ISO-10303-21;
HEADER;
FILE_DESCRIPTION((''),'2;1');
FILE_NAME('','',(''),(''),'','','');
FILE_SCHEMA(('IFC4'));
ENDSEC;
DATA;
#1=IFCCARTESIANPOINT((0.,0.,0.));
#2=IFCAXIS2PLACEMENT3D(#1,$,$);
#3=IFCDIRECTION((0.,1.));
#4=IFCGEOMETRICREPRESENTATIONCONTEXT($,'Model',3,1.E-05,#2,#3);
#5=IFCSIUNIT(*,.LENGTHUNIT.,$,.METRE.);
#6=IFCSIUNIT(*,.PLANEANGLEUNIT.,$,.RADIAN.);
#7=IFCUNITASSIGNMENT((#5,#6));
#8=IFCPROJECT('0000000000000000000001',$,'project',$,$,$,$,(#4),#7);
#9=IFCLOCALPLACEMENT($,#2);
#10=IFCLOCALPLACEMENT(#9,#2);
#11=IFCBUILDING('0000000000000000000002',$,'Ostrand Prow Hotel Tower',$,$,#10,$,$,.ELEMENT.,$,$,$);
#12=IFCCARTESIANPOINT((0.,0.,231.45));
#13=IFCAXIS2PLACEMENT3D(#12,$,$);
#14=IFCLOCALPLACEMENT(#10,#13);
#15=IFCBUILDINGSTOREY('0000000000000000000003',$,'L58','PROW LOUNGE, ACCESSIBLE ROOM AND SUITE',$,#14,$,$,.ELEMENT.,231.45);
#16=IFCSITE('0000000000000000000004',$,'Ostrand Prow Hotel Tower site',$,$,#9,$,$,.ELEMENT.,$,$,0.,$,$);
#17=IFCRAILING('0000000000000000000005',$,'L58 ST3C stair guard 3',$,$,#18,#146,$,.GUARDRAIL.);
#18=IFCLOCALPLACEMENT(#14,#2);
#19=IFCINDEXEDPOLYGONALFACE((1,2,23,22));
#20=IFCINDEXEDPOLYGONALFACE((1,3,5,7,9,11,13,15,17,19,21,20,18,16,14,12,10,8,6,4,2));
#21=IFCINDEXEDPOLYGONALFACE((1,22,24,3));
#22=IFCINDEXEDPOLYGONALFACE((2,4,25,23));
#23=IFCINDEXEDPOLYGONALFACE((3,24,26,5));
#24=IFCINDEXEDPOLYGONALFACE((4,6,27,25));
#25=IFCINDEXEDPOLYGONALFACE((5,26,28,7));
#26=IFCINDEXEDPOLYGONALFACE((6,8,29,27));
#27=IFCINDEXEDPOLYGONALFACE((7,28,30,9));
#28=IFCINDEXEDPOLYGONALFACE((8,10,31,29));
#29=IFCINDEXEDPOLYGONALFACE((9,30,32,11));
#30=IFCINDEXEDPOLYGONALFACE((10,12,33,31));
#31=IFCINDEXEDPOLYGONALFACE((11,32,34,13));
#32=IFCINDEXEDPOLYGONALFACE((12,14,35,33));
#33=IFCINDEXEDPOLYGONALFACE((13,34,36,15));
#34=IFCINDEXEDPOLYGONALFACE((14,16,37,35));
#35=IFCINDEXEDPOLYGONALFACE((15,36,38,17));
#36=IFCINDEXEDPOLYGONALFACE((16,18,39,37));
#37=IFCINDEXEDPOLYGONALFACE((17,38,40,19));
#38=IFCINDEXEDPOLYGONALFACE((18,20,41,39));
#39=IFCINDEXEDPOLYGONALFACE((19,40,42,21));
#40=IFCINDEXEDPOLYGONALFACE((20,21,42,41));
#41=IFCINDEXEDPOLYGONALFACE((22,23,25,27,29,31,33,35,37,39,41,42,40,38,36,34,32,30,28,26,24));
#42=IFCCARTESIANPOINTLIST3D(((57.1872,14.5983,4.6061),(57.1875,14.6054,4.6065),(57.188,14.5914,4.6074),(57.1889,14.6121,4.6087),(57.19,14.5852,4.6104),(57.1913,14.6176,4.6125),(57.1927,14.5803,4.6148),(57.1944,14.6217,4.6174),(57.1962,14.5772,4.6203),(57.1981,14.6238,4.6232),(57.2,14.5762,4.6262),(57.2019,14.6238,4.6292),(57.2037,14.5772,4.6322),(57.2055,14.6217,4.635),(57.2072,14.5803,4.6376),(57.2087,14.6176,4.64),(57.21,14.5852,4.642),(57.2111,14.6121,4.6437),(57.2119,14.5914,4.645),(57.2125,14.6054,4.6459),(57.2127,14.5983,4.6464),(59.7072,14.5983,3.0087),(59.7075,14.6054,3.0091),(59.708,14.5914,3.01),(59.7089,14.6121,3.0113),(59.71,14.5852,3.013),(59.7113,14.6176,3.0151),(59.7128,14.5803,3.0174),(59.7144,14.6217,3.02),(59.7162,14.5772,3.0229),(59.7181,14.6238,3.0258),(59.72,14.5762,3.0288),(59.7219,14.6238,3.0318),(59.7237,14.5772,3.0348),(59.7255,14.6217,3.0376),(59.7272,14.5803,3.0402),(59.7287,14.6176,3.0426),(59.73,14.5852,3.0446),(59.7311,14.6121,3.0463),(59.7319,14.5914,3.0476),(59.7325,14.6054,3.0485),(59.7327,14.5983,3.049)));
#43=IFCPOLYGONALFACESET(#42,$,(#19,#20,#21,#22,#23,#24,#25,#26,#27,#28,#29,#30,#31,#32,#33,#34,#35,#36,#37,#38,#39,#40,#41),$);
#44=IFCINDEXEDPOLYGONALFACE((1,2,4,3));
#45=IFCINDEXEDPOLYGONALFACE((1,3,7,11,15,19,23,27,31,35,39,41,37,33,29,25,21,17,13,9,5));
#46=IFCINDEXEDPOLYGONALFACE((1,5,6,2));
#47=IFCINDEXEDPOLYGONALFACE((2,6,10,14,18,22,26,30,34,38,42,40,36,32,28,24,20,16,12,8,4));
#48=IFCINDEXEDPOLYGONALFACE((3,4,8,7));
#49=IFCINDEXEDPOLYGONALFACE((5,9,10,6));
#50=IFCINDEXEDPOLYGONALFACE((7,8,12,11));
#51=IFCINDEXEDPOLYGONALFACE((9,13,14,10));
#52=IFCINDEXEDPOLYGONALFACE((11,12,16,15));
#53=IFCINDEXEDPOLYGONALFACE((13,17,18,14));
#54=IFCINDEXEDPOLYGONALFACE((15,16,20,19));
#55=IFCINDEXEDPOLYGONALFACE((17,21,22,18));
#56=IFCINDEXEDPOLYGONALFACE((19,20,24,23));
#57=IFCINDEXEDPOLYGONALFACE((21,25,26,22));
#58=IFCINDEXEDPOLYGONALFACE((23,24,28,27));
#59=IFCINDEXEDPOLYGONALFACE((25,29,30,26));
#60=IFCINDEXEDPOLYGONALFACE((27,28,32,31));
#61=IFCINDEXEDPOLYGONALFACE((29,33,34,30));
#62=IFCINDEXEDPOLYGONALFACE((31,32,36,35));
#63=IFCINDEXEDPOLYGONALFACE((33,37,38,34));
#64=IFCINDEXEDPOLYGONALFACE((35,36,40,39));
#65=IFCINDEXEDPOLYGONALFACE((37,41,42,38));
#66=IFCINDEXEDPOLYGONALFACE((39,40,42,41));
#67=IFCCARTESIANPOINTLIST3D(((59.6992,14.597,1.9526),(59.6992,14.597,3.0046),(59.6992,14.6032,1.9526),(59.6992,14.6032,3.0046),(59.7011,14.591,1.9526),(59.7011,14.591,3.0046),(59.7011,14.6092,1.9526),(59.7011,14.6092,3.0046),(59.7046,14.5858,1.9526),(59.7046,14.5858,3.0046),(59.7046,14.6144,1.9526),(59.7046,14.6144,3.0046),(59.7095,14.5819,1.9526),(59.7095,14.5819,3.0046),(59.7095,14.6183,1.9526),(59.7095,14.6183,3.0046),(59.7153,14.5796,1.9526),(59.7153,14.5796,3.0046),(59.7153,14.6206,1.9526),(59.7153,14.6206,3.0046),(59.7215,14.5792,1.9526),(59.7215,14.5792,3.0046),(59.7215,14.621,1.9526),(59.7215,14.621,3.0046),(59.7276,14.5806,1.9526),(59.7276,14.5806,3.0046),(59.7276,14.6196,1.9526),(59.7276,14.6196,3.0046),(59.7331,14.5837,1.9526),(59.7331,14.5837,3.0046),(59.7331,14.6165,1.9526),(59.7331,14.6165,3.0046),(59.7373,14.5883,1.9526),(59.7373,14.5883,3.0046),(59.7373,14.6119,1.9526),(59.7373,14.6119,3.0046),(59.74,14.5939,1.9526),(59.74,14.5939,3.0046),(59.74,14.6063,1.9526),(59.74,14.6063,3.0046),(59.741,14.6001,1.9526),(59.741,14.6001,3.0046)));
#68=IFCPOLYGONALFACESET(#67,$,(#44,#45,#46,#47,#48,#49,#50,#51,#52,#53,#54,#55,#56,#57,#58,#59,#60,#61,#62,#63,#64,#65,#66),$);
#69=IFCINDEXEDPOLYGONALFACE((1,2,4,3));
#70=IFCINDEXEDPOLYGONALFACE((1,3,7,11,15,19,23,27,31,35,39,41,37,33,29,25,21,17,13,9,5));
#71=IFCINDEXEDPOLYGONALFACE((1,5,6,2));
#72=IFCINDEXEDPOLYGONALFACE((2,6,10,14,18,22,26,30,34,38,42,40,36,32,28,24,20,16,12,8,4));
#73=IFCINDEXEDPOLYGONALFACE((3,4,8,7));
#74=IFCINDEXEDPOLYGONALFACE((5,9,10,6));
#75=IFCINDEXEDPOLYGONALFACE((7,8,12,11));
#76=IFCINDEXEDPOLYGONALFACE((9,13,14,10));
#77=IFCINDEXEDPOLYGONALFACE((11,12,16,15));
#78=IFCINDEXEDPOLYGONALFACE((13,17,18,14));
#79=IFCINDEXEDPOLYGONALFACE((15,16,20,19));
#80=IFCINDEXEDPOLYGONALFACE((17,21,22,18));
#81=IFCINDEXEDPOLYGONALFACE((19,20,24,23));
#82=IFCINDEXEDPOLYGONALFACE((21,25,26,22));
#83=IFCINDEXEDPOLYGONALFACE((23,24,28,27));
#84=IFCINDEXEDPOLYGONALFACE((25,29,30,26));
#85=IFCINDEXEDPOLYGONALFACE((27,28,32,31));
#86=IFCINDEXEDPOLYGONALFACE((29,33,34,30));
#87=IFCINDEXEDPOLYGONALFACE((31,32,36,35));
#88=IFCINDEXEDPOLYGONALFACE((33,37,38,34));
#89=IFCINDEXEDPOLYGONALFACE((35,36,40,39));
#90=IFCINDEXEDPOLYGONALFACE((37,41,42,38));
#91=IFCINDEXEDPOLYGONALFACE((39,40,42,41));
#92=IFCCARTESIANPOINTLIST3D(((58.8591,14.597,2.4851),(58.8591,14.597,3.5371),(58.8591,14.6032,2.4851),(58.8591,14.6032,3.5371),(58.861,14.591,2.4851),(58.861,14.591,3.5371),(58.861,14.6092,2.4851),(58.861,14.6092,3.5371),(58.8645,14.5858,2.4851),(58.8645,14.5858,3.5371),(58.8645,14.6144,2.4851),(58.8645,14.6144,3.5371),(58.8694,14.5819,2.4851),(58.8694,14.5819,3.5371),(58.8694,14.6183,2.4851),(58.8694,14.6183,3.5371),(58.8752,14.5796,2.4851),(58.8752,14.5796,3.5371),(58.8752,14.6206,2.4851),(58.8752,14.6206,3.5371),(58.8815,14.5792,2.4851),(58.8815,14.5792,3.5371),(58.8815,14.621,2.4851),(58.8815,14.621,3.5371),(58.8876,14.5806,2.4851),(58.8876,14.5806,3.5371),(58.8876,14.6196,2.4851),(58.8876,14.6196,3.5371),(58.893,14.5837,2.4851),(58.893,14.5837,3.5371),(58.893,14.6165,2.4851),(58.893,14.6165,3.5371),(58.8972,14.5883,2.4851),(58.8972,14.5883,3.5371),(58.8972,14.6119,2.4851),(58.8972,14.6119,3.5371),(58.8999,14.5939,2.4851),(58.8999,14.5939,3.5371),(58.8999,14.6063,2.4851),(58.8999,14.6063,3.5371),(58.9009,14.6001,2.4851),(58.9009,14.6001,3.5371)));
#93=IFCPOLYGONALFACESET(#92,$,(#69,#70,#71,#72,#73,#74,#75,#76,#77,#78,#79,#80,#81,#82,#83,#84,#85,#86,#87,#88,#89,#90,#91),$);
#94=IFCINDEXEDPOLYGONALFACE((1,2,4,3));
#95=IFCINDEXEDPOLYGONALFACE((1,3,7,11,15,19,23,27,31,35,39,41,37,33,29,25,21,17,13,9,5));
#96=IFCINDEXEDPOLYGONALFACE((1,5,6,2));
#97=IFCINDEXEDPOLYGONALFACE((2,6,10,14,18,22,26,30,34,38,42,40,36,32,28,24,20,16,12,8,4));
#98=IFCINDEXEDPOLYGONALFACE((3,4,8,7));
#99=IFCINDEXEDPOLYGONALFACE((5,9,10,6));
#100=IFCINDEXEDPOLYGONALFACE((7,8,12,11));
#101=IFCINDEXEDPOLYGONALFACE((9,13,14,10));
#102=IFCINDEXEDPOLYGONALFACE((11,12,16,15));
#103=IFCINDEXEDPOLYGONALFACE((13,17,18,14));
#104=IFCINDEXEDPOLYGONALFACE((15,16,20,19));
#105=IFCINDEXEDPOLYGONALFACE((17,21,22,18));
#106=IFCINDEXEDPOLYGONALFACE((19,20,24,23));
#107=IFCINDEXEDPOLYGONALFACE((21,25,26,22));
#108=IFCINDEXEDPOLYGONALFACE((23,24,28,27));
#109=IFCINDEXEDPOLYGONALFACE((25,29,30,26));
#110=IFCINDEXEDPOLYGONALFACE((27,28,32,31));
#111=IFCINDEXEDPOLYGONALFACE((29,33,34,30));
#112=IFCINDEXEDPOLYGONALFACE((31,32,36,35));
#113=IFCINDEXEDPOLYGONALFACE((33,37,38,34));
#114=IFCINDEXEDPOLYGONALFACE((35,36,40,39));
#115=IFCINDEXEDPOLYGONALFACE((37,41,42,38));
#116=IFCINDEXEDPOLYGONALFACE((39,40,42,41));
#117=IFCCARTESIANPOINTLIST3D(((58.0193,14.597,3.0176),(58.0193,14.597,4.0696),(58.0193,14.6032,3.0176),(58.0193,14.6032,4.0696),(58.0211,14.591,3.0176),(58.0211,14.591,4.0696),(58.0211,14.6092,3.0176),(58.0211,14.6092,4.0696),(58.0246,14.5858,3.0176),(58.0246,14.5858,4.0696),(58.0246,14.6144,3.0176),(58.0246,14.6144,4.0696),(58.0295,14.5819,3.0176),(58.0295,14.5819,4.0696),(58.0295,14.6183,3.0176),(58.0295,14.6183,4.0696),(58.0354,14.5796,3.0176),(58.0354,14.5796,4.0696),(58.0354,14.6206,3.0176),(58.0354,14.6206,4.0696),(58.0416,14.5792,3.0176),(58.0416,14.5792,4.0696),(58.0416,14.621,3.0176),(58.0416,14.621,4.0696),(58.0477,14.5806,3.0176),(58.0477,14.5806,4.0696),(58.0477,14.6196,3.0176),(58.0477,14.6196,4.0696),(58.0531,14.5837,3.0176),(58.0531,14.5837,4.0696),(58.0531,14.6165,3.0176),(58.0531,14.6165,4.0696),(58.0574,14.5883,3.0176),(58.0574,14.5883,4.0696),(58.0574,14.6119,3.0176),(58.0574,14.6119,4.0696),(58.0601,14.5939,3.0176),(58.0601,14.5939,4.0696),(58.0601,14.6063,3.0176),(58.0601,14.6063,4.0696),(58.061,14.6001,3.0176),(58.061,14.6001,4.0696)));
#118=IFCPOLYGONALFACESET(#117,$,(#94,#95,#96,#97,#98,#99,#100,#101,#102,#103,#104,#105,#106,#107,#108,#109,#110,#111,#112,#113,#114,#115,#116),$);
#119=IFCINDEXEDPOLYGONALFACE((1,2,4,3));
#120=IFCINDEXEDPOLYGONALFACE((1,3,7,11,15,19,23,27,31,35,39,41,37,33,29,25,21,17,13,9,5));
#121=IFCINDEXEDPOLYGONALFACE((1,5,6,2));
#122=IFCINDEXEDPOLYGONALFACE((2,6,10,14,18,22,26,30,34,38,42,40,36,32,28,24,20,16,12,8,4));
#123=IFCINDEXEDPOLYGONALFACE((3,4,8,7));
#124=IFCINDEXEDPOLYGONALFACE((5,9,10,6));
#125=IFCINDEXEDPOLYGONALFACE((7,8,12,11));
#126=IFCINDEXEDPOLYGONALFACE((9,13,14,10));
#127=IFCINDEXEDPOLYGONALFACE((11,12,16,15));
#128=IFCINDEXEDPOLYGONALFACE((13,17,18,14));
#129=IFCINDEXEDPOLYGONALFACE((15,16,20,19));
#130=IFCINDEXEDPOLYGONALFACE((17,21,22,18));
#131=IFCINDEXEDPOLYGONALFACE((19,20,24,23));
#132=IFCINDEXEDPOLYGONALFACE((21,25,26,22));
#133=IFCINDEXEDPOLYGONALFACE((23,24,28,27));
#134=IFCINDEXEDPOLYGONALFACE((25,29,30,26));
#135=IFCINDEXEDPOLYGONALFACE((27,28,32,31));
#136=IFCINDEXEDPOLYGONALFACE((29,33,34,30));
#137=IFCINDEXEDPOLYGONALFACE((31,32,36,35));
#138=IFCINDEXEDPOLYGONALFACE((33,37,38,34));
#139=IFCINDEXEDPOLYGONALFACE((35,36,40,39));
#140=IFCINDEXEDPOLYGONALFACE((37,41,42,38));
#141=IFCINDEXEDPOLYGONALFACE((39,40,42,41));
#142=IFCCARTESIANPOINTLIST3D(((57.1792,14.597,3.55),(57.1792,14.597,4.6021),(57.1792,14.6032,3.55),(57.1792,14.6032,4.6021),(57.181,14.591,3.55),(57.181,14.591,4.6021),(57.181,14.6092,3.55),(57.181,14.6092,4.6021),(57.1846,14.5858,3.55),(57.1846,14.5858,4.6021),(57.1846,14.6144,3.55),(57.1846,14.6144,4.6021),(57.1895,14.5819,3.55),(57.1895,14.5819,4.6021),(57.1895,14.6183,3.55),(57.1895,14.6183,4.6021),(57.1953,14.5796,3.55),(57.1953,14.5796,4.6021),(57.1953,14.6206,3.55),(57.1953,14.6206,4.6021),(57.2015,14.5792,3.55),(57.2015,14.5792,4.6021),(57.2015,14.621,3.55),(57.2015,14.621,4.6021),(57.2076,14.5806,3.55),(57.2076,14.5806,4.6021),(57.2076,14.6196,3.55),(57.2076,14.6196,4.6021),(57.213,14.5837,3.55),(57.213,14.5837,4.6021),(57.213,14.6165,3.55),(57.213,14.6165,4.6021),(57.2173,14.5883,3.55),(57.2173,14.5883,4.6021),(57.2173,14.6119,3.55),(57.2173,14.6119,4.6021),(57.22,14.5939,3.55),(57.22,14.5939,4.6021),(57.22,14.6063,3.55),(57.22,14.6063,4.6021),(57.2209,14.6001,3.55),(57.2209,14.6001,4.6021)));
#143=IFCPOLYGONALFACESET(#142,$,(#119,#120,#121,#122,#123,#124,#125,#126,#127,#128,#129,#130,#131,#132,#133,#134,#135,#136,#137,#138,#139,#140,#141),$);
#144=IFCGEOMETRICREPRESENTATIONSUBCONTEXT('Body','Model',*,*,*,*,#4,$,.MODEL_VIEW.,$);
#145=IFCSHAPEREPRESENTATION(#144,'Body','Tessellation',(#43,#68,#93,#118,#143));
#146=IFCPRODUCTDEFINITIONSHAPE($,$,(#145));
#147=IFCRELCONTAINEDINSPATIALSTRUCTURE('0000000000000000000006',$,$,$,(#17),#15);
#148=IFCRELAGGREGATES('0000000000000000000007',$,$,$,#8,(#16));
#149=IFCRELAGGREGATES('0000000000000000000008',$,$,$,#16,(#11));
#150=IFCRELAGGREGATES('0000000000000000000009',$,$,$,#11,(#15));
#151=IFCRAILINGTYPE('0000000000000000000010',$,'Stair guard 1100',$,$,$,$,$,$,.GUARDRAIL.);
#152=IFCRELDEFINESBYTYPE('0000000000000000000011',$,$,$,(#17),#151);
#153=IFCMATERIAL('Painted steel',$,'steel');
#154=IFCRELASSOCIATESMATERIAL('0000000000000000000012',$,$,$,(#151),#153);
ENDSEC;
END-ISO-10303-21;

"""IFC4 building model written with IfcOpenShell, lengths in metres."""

from ifc_helpers import new_model, si_unit, direction, frame, origin, origin_2d, place, context, subcontext, project, spatial, circle, extrude, material, type_object, element, save


model = new_model("IFC4")

# Units and contexts
model_context = context("Model", 3, precision=1e-05, world=origin(), true_north=direction((0.0, 1.0)))
body_context = subcontext(model_context, "Body", "Model", "MODEL_VIEW")
ifc_project = project(units=[si_unit("LENGTHUNIT", "METRE"), si_unit("PLANEANGLEUNIT", "RADIAN")], contexts=[model_context])

# Site, building, storey
site_placement = place(None, origin())
site = spatial("IfcSite", under=ifc_project, at=site_placement, Name="Ostrand Prow Hotel Tower site", CompositionType="ELEMENT", RefElevation=0.0)
building_placement = place(site_placement, origin())
building = spatial("IfcBuilding", under=site, at=building_placement, Name="Ostrand Prow Hotel Tower", CompositionType="ELEMENT")
storey_placement = place(building_placement, frame((0.0, 0.0, 231.45)))
storey = spatial("IfcBuildingStorey", under=building, at=storey_placement, Name="L58", Description="PROW LOUNGE, ACCESSIBLE ROOM AND SUITE", CompositionType="ELEMENT", Elevation=231.45)

# Railing
ifc_material_1 = material(Name="Painted steel", Category="steel")
railing_type_1 = type_object("IfcRailingType", Name="Stair guard 1100", PredefinedType="GUARDRAIL", material=ifc_material_1)
railing_1_placement = place(storey_placement, frame((59.72, 14.6001, 1.9526)))
element("IfcRailing", 1, at=railing_1_placement, inside=storey, type_object=railing_type_1, Name="L58 ST3C stair guard 3", PredefinedType="GUARDRAIL", context=body_context, shape_type="SweptSolid", body=[
    extrude(circle(Radius=0.0239, at=origin_2d()), frame((0.0, 0.0, 1.0762), z_axis=(-0.844607, 0.0, 0.535387), x_axis=(0.0, -1.0, 0.0)), (0.0, 0.0, 1.0), 2.9836),
    extrude(circle(Radius=0.021, at=origin_2d()), origin(), (0.0, 0.0, 1.0), 1.052),
    extrude(circle(Radius=0.021, at=origin_2d()), frame((-0.8401, 0.0, 0.5325)), (0.0, 0.0, 1.0), 1.052),
    extrude(circle(Radius=0.021, at=origin_2d()), frame((-1.6799, 0.0, 1.0649)), (0.0, 0.0, 1.0), 1.052),
    extrude(circle(Radius=0.021, at=origin_2d()), frame((-2.52, 0.0, 1.5974)), (0.0, 0.0, 1.0), 1.052),
])

save(model, "model.ifc")
